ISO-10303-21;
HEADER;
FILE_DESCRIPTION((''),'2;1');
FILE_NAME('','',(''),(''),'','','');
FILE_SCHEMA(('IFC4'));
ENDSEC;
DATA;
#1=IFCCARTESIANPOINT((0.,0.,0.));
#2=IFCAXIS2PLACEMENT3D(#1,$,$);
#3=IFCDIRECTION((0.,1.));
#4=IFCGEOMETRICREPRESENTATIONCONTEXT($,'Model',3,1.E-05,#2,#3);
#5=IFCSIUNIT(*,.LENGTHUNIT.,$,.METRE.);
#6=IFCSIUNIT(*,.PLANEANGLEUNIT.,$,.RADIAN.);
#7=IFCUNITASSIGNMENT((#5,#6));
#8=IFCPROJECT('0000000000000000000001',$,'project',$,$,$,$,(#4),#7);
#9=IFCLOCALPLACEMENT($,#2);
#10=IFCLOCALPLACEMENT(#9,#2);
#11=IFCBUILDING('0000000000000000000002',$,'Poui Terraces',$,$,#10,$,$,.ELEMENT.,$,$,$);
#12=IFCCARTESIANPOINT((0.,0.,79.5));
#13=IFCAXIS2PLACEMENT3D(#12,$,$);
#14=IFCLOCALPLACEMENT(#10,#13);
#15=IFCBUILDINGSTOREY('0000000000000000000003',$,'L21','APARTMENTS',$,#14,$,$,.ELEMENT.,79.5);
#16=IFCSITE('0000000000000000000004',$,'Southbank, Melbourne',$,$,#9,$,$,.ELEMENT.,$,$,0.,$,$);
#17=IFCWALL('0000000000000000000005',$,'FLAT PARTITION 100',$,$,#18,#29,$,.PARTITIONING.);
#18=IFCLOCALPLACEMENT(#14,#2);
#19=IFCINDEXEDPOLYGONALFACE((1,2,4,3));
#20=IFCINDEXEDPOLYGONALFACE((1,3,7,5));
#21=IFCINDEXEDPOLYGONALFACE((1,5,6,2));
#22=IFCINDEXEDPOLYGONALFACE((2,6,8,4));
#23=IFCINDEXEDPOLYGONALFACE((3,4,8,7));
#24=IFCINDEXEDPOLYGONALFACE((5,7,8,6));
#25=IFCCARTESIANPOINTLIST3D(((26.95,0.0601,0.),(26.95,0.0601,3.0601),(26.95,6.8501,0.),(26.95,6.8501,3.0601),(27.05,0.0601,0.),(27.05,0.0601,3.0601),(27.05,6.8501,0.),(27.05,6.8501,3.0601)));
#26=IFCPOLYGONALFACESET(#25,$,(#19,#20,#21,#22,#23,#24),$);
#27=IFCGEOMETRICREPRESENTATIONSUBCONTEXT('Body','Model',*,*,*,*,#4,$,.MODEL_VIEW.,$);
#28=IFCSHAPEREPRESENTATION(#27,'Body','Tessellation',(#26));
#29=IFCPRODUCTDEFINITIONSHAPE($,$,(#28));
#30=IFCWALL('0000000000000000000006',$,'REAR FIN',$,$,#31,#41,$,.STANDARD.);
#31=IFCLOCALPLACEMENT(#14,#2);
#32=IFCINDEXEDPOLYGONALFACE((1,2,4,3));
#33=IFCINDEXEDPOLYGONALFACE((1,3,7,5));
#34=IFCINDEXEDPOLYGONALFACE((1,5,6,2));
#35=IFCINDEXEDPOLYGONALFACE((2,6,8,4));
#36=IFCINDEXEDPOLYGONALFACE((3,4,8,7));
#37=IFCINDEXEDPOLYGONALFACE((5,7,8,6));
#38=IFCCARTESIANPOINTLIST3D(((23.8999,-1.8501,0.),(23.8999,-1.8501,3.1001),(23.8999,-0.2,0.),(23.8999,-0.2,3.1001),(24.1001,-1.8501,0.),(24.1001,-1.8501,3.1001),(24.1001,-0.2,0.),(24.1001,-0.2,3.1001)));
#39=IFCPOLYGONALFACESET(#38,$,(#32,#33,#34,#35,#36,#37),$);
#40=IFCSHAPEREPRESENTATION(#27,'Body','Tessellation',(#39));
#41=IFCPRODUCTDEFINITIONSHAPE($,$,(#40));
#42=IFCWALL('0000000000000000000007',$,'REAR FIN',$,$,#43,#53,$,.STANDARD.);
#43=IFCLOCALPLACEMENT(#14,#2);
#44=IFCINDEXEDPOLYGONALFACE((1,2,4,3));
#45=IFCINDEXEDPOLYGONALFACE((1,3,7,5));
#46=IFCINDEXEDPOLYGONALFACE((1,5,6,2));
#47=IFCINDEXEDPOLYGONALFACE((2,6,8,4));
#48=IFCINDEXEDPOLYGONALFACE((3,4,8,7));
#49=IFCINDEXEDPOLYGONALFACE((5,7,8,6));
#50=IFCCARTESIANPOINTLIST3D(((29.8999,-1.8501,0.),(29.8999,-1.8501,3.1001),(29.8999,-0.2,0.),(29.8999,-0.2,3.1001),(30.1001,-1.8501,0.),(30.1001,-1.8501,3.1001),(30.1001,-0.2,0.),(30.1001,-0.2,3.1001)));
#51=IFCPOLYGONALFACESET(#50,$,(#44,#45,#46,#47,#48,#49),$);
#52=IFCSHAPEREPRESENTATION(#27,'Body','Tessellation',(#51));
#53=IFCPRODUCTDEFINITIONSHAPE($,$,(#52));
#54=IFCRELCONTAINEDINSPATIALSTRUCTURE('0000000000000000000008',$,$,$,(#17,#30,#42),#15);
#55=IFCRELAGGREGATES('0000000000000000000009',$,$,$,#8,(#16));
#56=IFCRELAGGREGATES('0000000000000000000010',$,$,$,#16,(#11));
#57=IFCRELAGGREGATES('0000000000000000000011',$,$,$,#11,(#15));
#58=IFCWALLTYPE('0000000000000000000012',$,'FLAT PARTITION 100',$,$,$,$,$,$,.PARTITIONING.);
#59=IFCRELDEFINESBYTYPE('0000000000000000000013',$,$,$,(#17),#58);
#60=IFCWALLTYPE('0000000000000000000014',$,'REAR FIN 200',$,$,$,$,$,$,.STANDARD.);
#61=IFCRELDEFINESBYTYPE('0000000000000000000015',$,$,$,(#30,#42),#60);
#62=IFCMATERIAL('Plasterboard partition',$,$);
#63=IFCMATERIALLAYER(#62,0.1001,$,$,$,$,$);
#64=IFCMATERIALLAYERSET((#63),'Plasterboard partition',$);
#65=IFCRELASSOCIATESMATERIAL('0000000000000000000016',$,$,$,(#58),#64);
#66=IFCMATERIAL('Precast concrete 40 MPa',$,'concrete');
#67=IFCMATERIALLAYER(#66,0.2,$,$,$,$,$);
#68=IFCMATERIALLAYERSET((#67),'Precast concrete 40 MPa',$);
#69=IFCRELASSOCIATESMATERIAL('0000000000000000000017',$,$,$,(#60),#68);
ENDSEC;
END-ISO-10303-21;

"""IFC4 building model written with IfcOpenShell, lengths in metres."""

from ifc_helpers import new_model, si_unit, direction, frame, frame_2d, origin, place, context, subcontext, project, spatial, polyline, rectangle, outline, extrude, source, transform, mapped, material, layer, layer_set, type_object, element, save


model = new_model("IFC4")

# Units and contexts
model_context = context("Model", 3, precision=1e-05, world=origin(), true_north=direction((0.0, 1.0)))
body_context = subcontext(model_context, "Body", "Model", "MODEL_VIEW")
ifc_project = project(units=[si_unit("LENGTHUNIT", "METRE"), si_unit("PLANEANGLEUNIT", "RADIAN")], contexts=[model_context])

# Site, building, storey
site_placement = place(None, origin())
site = spatial("IfcSite", under=ifc_project, at=site_placement, Name="Southbank, Melbourne", CompositionType="ELEMENT", RefElevation=0.0)
building_placement = place(site_placement, origin())
building = spatial("IfcBuilding", under=site, at=building_placement, Name="Poui Terraces", CompositionType="ELEMENT")
storey_placement = place(building_placement, frame((0.0, 0.0, 79.5)))
storey = spatial("IfcBuildingStorey", under=building, at=storey_placement, Name="L21", Description="APARTMENTS", CompositionType="ELEMENT", Elevation=79.5)

# Shared definitions
ifc_material_1 = material(Name="Precast concrete 40 MPa", Category="concrete")

# Shared definitions
ifc_material_2 = material(Name="Plasterboard partition")
ifc_layer_1 = layer(ifc_material_2, 0.1001)
ifc_layer_set_1 = layer_set([ifc_layer_1], Name="Plasterboard partition")
wall_type_1 = type_object("IfcWallType", Name="FLAT PARTITION 100", PredefinedType="PARTITIONING", material=ifc_layer_set_1)

# Walls
wall_1_placement = place(storey_placement, frame((27.0, 0.0601, 0.0), z_axis=(0.0, 0.0, 1.0), x_axis=(0.0, 1.0, 0.0)))
element("IfcWall", 1, at=wall_1_placement, inside=storey, type_object=wall_type_1, Name="FLAT PARTITION 100", PredefinedType="PARTITIONING", context=body_context, shape_type="SweptSolid", body=[
    extrude(rectangle(XDim=6.79, YDim=0.1001, at=frame_2d((3.395, 0.0))), origin(), (0.0, 0.0, 1.0), 3.0601),
])
ifc_layer_2 = layer(ifc_material_1, 0.2)
ifc_layer_set_2 = layer_set([ifc_layer_2], Name="Precast concrete 40 MPa")
wall_type_2 = type_object("IfcWallType", Name="REAR FIN 200", PredefinedType="STANDARD", material=ifc_layer_set_2)
shared_shape_1 = source(origin(), body_context, "Body", "SweptSolid", [
    extrude(outline(polyline([(0.0, 0.0), (0.2002, 0.0), (0.2002, 1.6501), (0.0, 1.6501), (0.0, 0.0)])), origin(), (0.0, 0.0, 1.0), 3.1001),
])
for number, where, name in (
    (2, (23.8999, -1.8501, 0.0), "REAR FIN"),
    (3, (29.8999, -1.8501, 0.0), "REAR FIN"),
):
    element("IfcWall", number, at=place(storey_placement, frame(where)), inside=storey, type_object=wall_type_2, Name=name, PredefinedType="STANDARD", context=body_context, shape_type="MappedRepresentation", body=[
        mapped(shared_shape_1, transform((0.0, 0.0, 0.0))),
    ])

save(model, "model.ifc")
